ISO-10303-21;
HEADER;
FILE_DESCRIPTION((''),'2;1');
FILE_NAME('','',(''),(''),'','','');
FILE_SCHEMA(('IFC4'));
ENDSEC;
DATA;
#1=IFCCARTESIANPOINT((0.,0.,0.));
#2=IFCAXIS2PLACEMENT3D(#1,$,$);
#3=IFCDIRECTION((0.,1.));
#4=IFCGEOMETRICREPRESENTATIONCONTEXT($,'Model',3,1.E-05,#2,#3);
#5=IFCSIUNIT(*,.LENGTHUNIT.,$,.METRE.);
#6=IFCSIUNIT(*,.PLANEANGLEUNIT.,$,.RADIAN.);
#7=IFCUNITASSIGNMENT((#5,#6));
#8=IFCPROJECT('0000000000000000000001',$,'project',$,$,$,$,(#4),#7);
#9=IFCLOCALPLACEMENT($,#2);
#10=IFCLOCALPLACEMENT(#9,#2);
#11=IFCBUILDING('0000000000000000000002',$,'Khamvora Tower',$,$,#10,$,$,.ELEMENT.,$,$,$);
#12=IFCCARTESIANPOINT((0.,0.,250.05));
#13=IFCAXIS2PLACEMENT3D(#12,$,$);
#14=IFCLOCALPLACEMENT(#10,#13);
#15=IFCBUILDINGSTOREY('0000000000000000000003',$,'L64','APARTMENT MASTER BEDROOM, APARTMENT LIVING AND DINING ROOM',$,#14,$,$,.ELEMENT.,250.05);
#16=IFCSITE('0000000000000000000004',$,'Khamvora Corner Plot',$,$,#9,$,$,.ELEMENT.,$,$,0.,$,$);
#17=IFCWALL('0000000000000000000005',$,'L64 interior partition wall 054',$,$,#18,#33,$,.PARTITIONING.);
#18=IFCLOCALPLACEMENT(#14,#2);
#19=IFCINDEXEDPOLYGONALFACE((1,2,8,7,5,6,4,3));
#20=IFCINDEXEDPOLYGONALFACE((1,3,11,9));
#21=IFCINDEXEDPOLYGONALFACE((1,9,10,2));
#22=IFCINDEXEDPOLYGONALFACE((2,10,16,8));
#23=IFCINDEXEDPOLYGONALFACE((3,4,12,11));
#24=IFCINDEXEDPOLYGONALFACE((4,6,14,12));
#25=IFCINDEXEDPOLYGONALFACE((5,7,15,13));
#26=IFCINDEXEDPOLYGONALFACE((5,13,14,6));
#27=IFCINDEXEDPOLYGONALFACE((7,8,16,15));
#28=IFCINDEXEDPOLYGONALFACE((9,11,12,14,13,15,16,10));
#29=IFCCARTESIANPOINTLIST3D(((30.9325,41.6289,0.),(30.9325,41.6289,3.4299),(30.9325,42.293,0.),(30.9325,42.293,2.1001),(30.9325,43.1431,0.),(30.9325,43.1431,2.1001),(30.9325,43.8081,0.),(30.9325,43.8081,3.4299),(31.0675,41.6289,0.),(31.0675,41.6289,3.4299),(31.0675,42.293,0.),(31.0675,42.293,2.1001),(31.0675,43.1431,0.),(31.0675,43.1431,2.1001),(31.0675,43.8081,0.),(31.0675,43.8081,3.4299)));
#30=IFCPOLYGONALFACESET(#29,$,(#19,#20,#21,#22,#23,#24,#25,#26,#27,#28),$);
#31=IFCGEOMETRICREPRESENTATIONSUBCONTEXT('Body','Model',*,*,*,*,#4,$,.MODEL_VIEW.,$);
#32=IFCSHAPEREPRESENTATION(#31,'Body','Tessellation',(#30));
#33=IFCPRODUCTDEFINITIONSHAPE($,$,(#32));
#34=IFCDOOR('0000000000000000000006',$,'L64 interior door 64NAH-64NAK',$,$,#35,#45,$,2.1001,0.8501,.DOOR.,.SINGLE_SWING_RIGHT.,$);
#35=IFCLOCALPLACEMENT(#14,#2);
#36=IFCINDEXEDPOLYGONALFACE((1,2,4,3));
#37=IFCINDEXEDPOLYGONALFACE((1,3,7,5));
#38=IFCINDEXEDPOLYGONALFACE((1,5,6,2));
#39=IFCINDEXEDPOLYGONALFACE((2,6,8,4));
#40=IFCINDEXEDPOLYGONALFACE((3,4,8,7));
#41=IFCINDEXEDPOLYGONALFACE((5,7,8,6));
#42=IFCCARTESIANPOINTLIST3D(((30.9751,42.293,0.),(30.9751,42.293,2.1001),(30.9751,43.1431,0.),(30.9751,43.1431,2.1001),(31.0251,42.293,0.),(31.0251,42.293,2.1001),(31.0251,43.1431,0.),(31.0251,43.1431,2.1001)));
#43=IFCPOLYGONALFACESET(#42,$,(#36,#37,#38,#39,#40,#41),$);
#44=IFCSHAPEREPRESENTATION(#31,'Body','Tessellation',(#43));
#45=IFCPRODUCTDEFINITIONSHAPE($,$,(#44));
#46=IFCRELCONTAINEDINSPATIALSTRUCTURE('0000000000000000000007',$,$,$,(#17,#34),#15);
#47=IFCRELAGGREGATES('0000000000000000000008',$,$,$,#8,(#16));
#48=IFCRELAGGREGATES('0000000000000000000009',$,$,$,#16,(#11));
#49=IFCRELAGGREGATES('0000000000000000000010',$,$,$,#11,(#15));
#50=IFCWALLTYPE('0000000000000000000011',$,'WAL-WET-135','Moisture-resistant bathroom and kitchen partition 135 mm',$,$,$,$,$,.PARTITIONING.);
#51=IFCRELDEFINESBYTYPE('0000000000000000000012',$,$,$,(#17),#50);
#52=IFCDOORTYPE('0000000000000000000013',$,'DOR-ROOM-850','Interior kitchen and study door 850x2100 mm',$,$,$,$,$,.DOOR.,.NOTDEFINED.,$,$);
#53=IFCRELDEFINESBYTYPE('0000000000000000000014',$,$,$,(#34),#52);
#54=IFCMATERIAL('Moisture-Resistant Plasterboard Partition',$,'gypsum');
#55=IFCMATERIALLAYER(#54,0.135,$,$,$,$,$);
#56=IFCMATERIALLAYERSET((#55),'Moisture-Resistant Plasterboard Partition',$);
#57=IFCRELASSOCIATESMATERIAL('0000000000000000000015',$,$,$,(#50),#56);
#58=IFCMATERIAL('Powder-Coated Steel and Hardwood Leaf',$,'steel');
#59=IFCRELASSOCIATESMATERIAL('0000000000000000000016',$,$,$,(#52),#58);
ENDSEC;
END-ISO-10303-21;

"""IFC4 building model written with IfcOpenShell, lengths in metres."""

from ifc_helpers import new_model, si_unit, direction, frame, frame_2d, origin, place, context, subcontext, project, spatial, rectangle, extrude, material, layer, layer_set, type_object, element, fill, save


model = new_model("IFC4")

# Units and contexts
model_context = context("Model", 3, precision=1e-05, world=origin(), true_north=direction((0.0, 1.0)))
body_context = subcontext(model_context, "Body", "Model", "MODEL_VIEW")
ifc_project = project(units=[si_unit("LENGTHUNIT", "METRE"), si_unit("PLANEANGLEUNIT", "RADIAN")], contexts=[model_context])

# Site, building, storey
site_placement = place(None, origin())
site = spatial("IfcSite", under=ifc_project, at=site_placement, Name="Khamvora Corner Plot", CompositionType="ELEMENT", RefElevation=0.0)
building_placement = place(site_placement, origin())
building = spatial("IfcBuilding", under=site, at=building_placement, Name="Khamvora Tower", CompositionType="ELEMENT")
storey_placement = place(building_placement, frame((0.0, 0.0, 250.05)))
storey = spatial("IfcBuildingStorey", under=building, at=storey_placement, Name="L64", Description="APARTMENT MASTER BEDROOM, APARTMENT LIVING AND DINING ROOM", CompositionType="ELEMENT", Elevation=250.05)

# Shared definitions
ifc_material_1 = material(Name="Powder-Coated Steel and Hardwood Leaf", Category="steel")

# Wall, opening, door
ifc_material_2 = material(Name="Moisture-Resistant Plasterboard Partition", Category="gypsum")
ifc_layer_1 = layer(ifc_material_2, 0.135)
ifc_layer_set_1 = layer_set([ifc_layer_1], Name="Moisture-Resistant Plasterboard Partition")
wall_type_1 = type_object("IfcWallType", Name="WAL-WET-135", Description="Moisture-resistant bathroom and kitchen partition 135 mm", PredefinedType="PARTITIONING", material=ifc_layer_set_1)
wall_1_placement = place(storey_placement, frame((31.0, 41.6289, 0.0), z_axis=(0.0, 0.0, 1.0), x_axis=(0.0, 1.0, 0.0)))
wall_1 = element("IfcWall", 1, at=wall_1_placement, inside=storey, type_object=wall_type_1, Name="L64 interior partition wall 054", PredefinedType="PARTITIONING", context=body_context, shape_type="SweptSolid", body=[
    extrude(rectangle(XDim=2.1792, YDim=0.135, at=frame_2d((1.0896, 0.0))), origin(), (0.0, 0.0, 1.0), 3.4299),
])
opening_1_placement = place(wall_1_placement, frame((0.6641, 0.0, 0.0)))
opening_1 = element("IfcOpeningElement", 2, at=opening_1_placement, cuts=wall_1, PredefinedType="OPENING", context=body_context, shape_type="SweptSolid", body=[
    extrude(rectangle(XDim=0.8501, YDim=2.1001, at=frame_2d((0.425, 1.05))), frame((0.0, 0.0774, 0.0), z_axis=(0.0, -1.0, 0.0), x_axis=(1.0, 0.0, 0.0)), (0.0, 0.0, 1.0), 0.155),
])
door_type_1 = type_object("IfcDoorType", Name="DOR-ROOM-850", Description="Interior kitchen and study door 850x2100 mm", OperationType="NOTDEFINED", PredefinedType="DOOR", material=ifc_material_1)
door_1_placement = place(opening_1_placement, origin())
door_1 = element("IfcDoor", 3, at=door_1_placement, inside=storey, type_object=door_type_1, Name="L64 interior door 64NAH-64NAK", OperationType="SINGLE_SWING_RIGHT", OverallHeight=2.1001, OverallWidth=0.8501, PredefinedType="DOOR", context=body_context, shape_type="SweptSolid", body=[
    extrude(rectangle(XDim=0.8501, YDim=2.1001, at=frame_2d((0.425, 1.05))), frame((0.0, 0.0249, 0.0), z_axis=(0.0, -1.0, 0.0), x_axis=(1.0, 0.0, 0.0)), (0.0, 0.0, 1.0), 0.05),
])
fill(opening_1, door_1)

save(model, "model.ifc")
